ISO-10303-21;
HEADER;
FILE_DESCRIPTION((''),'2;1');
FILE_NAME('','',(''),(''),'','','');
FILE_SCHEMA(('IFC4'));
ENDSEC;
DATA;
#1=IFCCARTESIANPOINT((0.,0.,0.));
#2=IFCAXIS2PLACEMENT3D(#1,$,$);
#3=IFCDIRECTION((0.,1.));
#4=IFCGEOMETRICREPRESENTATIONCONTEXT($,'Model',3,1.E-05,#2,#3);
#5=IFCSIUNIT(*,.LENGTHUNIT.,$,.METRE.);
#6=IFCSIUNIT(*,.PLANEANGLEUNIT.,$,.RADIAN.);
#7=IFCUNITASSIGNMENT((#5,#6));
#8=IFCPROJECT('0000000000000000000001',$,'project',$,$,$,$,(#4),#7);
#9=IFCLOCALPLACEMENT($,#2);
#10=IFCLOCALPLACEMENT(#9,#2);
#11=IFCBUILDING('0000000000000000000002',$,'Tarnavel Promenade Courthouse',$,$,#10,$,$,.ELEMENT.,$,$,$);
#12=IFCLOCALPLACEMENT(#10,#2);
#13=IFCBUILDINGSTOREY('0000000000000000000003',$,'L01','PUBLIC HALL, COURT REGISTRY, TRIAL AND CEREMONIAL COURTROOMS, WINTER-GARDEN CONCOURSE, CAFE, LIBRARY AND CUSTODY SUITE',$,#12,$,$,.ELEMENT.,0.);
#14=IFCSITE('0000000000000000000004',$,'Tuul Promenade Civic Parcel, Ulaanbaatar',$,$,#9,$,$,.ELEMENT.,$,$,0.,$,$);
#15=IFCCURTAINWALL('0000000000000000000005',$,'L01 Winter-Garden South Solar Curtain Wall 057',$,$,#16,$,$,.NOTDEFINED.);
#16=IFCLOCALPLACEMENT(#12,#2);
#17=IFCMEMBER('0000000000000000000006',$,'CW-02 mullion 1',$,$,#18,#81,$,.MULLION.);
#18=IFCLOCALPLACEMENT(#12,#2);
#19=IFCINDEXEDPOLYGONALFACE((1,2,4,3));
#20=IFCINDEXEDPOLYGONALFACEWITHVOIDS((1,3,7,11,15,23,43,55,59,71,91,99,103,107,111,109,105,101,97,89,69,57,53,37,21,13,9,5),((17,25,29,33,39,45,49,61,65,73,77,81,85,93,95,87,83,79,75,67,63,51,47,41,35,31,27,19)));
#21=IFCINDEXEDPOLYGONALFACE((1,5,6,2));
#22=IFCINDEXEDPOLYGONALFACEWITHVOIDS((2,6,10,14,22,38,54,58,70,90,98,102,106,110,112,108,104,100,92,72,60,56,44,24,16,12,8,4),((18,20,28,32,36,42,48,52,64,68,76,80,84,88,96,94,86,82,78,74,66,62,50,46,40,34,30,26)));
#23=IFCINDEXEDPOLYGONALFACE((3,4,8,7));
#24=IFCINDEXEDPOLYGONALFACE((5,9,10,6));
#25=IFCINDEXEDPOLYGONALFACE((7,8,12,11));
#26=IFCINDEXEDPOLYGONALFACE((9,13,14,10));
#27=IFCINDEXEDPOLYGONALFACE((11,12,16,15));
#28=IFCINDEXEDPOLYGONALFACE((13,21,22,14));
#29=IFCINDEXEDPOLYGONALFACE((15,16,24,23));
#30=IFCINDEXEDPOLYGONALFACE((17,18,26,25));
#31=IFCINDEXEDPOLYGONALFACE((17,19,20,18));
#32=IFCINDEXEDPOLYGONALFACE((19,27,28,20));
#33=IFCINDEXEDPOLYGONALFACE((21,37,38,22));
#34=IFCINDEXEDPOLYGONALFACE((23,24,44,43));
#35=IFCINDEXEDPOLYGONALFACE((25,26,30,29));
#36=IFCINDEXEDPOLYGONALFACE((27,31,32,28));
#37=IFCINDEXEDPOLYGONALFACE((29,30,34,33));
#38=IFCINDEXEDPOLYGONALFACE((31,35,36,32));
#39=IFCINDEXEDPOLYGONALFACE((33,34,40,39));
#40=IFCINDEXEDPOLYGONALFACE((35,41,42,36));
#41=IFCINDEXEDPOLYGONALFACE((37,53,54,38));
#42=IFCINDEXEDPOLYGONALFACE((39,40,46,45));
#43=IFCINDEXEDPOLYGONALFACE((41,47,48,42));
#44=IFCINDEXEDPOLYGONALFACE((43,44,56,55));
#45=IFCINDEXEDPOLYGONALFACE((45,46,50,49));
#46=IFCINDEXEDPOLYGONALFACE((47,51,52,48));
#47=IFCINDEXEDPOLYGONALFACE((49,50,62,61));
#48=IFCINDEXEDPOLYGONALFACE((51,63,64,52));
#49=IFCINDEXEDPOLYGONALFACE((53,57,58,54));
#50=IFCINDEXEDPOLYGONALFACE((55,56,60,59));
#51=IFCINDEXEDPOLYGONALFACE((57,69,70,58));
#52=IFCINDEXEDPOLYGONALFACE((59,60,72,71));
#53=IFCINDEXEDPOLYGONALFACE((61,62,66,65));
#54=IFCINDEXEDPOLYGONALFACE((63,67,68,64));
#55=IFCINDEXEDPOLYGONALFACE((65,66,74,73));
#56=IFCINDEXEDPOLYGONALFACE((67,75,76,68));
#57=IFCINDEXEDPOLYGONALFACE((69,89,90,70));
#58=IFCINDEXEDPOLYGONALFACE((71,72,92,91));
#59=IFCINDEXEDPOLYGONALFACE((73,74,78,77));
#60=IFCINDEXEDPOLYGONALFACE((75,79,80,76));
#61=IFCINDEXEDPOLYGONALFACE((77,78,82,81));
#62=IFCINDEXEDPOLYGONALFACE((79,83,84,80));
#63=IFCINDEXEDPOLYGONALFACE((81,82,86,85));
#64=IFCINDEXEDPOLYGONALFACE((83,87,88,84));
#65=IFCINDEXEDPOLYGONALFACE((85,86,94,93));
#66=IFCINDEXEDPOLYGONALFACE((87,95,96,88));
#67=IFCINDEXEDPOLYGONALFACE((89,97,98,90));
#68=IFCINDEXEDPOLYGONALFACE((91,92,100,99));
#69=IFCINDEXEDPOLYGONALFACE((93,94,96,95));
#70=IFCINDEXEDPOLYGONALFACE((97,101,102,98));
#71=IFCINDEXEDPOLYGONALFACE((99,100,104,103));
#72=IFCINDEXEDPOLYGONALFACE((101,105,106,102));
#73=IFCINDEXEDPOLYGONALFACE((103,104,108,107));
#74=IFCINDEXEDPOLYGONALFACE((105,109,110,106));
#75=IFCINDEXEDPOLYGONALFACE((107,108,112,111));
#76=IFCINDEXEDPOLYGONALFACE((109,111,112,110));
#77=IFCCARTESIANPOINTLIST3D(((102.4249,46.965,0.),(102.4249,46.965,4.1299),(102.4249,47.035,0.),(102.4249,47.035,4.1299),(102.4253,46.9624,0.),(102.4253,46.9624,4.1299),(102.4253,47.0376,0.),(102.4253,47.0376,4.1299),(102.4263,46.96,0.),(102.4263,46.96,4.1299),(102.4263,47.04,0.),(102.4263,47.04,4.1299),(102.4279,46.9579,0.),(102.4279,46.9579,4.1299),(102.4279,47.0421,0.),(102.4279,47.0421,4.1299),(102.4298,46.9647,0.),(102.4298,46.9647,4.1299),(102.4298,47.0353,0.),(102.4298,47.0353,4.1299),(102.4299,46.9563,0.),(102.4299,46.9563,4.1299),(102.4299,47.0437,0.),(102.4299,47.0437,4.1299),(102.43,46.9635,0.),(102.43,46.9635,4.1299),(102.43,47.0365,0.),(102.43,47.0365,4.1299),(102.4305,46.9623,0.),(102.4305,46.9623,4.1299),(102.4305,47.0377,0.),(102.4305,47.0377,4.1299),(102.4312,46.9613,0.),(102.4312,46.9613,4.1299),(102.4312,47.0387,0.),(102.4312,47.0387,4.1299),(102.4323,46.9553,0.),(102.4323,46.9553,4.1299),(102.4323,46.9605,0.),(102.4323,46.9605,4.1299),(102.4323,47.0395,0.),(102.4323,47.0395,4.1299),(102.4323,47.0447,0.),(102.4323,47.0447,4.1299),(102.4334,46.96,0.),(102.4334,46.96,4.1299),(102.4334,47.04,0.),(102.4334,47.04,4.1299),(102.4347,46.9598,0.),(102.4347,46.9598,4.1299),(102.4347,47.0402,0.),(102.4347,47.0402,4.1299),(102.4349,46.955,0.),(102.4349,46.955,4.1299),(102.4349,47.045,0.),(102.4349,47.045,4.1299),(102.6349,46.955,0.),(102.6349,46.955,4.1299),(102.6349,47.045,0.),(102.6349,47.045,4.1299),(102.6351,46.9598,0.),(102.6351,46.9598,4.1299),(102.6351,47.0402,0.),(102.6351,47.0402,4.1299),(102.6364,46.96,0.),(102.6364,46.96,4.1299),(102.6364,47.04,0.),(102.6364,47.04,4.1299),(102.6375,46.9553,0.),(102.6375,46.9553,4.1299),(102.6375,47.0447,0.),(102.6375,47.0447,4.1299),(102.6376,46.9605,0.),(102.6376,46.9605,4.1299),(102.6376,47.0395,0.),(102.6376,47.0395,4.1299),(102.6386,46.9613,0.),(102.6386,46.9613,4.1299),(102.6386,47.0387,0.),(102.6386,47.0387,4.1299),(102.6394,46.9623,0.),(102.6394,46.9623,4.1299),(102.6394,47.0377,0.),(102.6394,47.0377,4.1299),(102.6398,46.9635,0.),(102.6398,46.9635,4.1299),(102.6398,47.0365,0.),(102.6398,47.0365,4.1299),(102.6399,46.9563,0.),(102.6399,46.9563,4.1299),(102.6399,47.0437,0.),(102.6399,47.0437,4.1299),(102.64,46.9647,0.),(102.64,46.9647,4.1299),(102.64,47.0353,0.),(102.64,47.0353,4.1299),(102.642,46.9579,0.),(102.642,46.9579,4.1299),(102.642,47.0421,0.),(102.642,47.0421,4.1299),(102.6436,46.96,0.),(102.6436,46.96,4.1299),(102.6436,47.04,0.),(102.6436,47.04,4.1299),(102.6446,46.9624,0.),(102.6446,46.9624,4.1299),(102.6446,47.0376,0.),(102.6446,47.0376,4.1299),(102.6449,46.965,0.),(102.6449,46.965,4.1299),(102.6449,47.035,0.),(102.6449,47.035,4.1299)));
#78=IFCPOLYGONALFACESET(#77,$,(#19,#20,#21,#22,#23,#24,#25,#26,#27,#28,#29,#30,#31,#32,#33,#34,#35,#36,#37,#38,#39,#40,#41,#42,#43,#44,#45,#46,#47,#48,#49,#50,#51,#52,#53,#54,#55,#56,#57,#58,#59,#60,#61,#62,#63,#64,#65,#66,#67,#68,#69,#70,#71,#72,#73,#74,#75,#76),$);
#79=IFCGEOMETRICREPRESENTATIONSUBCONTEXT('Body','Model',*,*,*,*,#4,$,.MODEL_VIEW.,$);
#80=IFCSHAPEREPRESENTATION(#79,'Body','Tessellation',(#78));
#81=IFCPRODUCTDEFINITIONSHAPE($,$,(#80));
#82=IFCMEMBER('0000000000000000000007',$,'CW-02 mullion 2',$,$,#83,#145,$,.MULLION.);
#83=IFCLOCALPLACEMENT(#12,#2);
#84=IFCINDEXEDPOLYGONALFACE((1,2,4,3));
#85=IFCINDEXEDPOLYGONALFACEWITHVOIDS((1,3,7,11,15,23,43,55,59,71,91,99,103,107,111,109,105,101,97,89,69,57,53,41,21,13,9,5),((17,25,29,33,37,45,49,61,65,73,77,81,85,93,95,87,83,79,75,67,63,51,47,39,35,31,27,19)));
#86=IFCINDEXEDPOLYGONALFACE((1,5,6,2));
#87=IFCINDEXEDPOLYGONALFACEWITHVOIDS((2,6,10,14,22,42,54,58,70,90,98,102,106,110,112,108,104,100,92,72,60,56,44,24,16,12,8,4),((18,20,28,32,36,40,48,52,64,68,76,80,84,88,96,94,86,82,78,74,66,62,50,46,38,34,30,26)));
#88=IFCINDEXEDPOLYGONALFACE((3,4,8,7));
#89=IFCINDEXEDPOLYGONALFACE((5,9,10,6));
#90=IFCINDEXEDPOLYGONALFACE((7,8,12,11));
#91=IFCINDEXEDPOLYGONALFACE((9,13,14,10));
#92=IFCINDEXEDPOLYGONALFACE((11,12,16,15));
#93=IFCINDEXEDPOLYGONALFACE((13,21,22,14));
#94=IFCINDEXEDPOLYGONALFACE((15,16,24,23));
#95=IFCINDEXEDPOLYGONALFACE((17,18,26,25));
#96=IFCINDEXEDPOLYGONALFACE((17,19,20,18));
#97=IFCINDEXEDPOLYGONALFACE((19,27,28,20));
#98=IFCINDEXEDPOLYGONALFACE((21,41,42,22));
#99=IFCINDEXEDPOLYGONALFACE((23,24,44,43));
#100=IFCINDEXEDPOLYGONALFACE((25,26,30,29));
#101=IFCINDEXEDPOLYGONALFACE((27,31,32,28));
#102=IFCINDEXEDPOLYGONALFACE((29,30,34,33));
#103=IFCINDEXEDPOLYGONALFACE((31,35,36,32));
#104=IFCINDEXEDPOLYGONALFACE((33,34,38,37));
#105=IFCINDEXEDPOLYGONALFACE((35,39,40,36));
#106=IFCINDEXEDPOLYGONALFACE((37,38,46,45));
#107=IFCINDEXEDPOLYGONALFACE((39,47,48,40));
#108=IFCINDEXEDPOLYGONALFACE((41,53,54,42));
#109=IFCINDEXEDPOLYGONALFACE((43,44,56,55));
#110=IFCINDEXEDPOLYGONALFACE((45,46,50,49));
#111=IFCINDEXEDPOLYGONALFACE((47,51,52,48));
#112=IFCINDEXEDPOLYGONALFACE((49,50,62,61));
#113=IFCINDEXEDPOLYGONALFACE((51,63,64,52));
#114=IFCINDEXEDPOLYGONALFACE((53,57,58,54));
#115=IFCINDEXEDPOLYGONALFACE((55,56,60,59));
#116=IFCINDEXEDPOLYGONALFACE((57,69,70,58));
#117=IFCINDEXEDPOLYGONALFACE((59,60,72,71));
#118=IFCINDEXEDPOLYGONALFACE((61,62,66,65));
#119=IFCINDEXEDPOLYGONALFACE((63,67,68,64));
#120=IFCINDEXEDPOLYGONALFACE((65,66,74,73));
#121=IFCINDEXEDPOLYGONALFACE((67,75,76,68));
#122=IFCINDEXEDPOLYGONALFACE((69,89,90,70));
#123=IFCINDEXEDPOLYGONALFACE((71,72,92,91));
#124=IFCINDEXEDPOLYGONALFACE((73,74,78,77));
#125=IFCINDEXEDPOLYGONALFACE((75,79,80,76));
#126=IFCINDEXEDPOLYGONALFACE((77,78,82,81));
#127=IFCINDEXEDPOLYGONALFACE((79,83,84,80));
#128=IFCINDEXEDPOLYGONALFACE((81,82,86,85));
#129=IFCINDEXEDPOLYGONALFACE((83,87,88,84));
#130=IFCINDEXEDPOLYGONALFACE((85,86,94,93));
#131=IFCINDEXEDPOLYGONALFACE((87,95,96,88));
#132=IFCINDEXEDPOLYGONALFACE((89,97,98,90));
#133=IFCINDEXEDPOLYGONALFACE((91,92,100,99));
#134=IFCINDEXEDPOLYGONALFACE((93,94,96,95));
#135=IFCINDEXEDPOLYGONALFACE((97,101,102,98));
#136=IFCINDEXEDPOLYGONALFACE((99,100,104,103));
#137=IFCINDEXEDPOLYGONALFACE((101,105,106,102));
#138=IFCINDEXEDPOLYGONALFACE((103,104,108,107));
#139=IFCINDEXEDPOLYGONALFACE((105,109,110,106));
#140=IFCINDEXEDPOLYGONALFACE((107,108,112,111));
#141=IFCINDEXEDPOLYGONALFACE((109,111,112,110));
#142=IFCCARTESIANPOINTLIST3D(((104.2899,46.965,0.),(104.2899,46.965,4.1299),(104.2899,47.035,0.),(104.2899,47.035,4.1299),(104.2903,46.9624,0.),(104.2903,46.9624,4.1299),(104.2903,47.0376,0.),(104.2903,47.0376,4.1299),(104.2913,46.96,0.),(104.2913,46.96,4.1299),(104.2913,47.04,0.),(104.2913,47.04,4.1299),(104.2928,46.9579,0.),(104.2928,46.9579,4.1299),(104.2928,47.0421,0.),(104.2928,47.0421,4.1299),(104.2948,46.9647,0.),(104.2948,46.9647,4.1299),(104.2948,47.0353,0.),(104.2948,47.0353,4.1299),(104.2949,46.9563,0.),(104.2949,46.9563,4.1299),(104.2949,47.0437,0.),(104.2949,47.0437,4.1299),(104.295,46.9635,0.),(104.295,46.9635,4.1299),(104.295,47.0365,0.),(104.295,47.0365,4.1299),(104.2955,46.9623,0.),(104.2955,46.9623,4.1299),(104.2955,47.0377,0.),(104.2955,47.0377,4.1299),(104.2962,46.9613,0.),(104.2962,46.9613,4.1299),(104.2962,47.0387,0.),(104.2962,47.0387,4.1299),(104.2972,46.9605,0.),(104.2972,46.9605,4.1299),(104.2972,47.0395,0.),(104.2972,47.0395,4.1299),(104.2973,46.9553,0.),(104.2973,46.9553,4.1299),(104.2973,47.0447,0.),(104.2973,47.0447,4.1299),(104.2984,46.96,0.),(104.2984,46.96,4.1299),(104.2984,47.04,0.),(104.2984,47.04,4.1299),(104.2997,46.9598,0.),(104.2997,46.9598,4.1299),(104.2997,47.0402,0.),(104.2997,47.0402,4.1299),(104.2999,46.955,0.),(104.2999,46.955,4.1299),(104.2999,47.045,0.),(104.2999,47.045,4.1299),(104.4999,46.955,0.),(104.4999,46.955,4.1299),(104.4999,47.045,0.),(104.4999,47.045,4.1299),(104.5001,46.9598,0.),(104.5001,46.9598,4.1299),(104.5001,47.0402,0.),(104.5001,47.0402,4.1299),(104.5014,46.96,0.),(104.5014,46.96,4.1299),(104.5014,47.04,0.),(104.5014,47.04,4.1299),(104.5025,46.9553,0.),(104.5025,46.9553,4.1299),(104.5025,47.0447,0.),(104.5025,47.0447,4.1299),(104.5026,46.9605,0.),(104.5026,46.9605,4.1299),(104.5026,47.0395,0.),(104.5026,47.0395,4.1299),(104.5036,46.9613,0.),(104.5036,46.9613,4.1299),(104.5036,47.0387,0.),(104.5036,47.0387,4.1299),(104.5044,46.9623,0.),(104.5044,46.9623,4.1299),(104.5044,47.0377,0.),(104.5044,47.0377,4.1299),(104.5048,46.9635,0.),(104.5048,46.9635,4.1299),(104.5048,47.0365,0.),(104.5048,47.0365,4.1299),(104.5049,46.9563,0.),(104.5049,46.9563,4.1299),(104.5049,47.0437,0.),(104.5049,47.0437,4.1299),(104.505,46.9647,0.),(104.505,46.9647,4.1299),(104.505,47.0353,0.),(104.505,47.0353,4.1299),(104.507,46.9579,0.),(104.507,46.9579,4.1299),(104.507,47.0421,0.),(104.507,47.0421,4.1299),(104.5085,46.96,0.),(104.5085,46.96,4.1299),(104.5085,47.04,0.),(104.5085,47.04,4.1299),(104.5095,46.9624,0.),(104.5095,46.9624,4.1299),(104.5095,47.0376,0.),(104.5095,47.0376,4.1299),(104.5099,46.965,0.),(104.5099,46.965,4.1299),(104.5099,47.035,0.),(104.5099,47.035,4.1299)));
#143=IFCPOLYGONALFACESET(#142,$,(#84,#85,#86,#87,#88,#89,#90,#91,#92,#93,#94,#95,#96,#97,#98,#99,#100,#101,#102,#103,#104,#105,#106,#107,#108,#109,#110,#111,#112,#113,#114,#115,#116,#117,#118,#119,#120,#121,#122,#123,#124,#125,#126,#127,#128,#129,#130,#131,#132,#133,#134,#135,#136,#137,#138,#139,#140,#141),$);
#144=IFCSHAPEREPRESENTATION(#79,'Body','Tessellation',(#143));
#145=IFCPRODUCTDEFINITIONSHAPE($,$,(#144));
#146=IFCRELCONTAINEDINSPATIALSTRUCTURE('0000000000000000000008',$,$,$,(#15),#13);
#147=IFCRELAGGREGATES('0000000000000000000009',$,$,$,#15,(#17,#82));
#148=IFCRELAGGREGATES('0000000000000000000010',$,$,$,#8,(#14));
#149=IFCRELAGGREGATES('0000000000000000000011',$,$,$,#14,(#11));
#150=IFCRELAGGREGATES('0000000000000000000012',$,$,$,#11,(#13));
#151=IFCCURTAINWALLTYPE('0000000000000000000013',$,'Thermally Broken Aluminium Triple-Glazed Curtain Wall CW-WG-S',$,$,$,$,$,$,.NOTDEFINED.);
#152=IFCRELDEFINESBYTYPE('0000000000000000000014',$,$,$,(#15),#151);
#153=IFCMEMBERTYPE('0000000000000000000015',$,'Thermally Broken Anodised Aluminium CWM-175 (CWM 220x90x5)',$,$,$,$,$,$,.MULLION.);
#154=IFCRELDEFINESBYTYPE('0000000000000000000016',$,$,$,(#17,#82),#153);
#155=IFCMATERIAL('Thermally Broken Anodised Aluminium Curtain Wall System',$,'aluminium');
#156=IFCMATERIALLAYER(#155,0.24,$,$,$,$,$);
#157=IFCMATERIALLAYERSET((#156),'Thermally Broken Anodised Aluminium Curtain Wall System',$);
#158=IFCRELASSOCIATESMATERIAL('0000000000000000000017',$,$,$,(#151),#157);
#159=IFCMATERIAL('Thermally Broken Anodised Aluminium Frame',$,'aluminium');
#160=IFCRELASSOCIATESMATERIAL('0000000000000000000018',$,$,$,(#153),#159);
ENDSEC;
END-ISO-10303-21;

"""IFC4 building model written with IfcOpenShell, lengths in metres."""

from ifc_helpers import new_model, si_unit, direction, frame, origin, origin_2d, place, context, subcontext, project, spatial, hollow_rectangle, extrude, material, layer, layer_set, material_profile, profile_set, type_object, element, aggregate, save


model = new_model("IFC4")

# Units and contexts
model_context = context("Model", 3, precision=1e-05, world=origin(), true_north=direction((0.0, 1.0)))
body_context = subcontext(model_context, "Body", "Model", "MODEL_VIEW")
ifc_project = project(units=[si_unit("LENGTHUNIT", "METRE"), si_unit("PLANEANGLEUNIT", "RADIAN")], contexts=[model_context])

# Site, building, storey
site_placement = place(None, origin())
site = spatial("IfcSite", under=ifc_project, at=site_placement, Name="Tuul Promenade Civic Parcel, Ulaanbaatar", CompositionType="ELEMENT", RefElevation=0.0)
building_placement = place(site_placement, origin())
building = spatial("IfcBuilding", under=site, at=building_placement, Name="Tarnavel Promenade Courthouse", CompositionType="ELEMENT")
storey_placement = place(building_placement, origin())
storey = spatial("IfcBuildingStorey", under=building, at=storey_placement, Name="L01", Description="PUBLIC HALL, COURT REGISTRY, TRIAL AND CEREMONIAL COURTROOMS, WINTER-GARDEN CONCOURSE, CAFE, LIBRARY AND CUSTODY SUITE", CompositionType="ELEMENT", Elevation=0.0)

# Shared definitions
ifc_material_1 = material(Name="Thermally Broken Anodised Aluminium Curtain Wall System", Category="aluminium")
ifc_layer_1 = layer(ifc_material_1, 0.24)
ifc_layer_set_1 = layer_set([ifc_layer_1], Name="Thermally Broken Anodised Aluminium Curtain Wall System")
curtain_wall_type = type_object("IfcCurtainWallType", Name="Thermally Broken Aluminium Triple-Glazed Curtain Wall CW-WG-S", PredefinedType="NOTDEFINED", material=ifc_layer_set_1)
ifc_material_2 = material(Name="Thermally Broken Anodised Aluminium Frame", Category="aluminium")
ifc_material_profile_1 = material_profile(ifc_material_2, hollow_rectangle(XDim=0.0901, YDim=0.22, WallThickness=0.0049, InnerFilletRadius=0.0049, OuterFilletRadius=0.01, at=origin_2d()), Name="CWM 220x90x5")
ifc_profile_set_1 = profile_set([ifc_material_profile_1], Name="Thermally Broken Anodised Aluminium Frame")
member_type_1 = type_object("IfcMemberType", Name="Thermally Broken Anodised Aluminium CWM-175 (CWM 220x90x5)", PredefinedType="MULLION", material=ifc_profile_set_1)

# Curtain wall, members
curtain_wall_1_placement = place(storey_placement, origin())
curtain_wall_1 = element("IfcCurtainWall", 1, at=curtain_wall_1_placement, inside=storey, type_object=curtain_wall_type, Name="L01 Winter-Garden South Solar Curtain Wall 057", PredefinedType="NOTDEFINED")
member_1_placement = place(storey_placement, frame((102.5349, 47.0, 0.0), z_axis=(0.0, 0.0, 1.0), x_axis=(0.0, 1.0, 0.0)))
member_1 = element("IfcMember", 2, at=member_1_placement, type_object=member_type_1, Name="CW-02 mullion 1", PredefinedType="MULLION", context=body_context, shape_type="SweptSolid", body=[
    extrude(hollow_rectangle(XDim=0.0901, YDim=0.22, WallThickness=0.0049, InnerFilletRadius=0.0049, OuterFilletRadius=0.01, at=origin_2d()), origin(), (0.0, 0.0, 1.0), 4.1299),
])
member_2_placement = place(storey_placement, frame((104.3999, 47.0, 0.0), z_axis=(0.0, 0.0, 1.0), x_axis=(0.0, 1.0, 0.0)))
member_2 = element("IfcMember", 3, at=member_2_placement, type_object=member_type_1, Name="CW-02 mullion 2", PredefinedType="MULLION", context=body_context, shape_type="SweptSolid", body=[
    extrude(hollow_rectangle(XDim=0.0901, YDim=0.22, WallThickness=0.0049, InnerFilletRadius=0.0049, OuterFilletRadius=0.01, at=origin_2d()), origin(), (0.0, 0.0, 1.0), 4.1299),
])

aggregate(curtain_wall_1, [member_1, member_2])

save(model, "model.ifc")
